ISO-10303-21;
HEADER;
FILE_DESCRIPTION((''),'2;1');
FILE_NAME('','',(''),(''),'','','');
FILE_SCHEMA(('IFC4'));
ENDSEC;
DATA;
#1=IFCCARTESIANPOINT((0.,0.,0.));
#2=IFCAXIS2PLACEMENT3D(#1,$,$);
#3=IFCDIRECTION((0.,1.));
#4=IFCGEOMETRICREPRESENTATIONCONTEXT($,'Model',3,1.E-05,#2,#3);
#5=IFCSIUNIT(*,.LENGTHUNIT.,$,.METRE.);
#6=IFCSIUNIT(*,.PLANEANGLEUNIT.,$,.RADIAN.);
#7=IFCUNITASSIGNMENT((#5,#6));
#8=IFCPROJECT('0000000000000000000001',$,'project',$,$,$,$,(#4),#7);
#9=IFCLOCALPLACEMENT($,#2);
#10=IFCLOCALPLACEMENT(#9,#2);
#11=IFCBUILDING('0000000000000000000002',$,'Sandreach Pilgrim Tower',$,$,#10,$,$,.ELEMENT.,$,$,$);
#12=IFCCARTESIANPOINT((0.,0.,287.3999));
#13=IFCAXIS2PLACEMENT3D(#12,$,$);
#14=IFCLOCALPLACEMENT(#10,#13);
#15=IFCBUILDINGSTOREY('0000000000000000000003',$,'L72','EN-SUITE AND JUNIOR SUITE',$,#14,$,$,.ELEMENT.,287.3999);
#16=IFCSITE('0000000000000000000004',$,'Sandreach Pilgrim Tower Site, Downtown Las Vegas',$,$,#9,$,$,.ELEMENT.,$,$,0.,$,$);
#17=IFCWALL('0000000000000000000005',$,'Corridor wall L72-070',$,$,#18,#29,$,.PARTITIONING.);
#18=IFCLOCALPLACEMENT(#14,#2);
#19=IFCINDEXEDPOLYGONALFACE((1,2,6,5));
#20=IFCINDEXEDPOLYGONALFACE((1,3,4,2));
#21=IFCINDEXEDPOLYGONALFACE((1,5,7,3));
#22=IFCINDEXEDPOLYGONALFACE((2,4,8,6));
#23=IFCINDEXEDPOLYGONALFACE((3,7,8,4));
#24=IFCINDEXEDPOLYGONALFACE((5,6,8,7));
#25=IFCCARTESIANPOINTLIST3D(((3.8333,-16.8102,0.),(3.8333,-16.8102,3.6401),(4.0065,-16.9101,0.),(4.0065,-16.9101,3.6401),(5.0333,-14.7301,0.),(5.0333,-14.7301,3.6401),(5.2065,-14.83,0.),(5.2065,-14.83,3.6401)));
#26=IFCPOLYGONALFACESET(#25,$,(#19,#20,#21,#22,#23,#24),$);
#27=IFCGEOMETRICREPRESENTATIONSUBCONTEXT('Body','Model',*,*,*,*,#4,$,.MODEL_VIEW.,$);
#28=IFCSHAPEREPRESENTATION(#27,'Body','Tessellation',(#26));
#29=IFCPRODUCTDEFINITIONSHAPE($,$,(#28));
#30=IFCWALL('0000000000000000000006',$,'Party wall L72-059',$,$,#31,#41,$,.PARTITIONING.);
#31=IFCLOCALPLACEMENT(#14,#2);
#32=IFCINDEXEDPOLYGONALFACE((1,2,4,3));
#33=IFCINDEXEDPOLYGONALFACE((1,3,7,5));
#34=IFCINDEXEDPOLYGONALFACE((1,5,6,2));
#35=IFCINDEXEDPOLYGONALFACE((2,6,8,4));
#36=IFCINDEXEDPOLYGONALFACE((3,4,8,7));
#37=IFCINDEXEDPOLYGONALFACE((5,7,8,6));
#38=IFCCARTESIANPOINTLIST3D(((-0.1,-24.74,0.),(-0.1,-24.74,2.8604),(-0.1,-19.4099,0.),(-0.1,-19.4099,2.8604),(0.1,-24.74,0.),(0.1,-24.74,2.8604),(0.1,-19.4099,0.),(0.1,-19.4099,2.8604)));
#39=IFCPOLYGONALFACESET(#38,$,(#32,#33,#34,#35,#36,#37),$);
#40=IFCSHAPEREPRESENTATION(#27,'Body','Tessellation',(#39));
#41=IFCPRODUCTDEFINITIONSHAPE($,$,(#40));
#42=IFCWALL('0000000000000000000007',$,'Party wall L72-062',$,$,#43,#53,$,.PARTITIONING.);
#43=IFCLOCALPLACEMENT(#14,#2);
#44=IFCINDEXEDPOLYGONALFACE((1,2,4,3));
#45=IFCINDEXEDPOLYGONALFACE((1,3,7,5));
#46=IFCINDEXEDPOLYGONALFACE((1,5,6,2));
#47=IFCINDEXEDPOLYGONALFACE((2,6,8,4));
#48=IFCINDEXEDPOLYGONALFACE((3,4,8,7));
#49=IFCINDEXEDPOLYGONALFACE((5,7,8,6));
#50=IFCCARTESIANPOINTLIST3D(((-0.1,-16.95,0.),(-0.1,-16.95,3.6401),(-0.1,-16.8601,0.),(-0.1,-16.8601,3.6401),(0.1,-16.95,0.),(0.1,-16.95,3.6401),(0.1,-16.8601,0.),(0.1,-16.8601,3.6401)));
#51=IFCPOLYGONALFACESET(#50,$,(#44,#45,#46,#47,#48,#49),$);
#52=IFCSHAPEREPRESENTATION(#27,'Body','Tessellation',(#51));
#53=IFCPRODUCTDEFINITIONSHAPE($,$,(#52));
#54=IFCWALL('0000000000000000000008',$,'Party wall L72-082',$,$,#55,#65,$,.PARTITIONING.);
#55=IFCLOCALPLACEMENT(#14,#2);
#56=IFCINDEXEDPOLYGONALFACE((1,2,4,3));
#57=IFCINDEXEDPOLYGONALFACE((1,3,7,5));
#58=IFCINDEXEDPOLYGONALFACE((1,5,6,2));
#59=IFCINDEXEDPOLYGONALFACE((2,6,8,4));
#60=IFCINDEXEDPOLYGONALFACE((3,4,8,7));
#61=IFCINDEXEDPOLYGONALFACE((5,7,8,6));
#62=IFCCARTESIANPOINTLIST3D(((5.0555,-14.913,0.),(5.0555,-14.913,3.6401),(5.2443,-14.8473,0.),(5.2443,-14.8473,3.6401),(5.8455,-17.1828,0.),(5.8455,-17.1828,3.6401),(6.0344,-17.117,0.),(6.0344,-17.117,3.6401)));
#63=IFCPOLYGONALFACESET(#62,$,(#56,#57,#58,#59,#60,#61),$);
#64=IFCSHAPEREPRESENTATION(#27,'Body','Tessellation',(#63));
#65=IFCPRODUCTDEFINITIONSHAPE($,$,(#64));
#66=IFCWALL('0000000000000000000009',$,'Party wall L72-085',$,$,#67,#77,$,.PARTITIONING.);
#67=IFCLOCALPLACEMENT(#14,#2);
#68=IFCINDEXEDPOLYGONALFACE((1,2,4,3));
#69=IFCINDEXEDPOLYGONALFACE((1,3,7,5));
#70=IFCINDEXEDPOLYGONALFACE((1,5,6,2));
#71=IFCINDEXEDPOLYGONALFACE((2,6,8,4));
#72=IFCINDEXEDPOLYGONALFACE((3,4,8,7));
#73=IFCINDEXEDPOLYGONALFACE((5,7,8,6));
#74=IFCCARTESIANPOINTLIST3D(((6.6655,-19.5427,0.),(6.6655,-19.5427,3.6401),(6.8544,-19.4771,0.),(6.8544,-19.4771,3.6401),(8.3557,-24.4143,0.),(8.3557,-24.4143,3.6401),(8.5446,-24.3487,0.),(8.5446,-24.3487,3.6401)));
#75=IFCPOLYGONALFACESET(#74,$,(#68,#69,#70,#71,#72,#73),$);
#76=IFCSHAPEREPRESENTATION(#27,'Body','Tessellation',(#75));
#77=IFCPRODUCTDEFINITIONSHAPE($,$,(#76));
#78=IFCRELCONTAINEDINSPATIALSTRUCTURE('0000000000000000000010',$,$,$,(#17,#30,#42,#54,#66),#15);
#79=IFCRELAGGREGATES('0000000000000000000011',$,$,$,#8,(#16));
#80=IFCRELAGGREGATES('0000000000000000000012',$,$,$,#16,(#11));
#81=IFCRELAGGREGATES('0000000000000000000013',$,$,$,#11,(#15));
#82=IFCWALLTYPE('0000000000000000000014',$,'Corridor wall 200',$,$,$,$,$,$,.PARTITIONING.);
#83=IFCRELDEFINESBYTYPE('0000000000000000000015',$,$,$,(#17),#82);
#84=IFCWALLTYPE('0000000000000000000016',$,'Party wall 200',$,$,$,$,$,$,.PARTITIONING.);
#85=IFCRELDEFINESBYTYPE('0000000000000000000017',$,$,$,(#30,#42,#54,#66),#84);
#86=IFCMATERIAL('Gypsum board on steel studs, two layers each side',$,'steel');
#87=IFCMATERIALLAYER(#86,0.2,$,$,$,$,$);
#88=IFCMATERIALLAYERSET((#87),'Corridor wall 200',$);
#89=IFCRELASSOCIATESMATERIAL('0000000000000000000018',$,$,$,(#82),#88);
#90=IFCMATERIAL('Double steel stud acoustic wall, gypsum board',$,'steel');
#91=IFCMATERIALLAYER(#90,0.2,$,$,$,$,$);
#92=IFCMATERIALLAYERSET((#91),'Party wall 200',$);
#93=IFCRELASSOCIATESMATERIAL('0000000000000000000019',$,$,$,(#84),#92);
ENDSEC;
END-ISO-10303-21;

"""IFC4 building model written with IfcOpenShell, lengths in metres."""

from ifc_helpers import new_model, si_unit, direction, frame, frame_2d, origin, place, context, subcontext, project, spatial, rectangle, extrude, material, layer, layer_set, type_object, element, save


model = new_model("IFC4")

# Units and contexts
model_context = context("Model", 3, precision=1e-05, world=origin(), true_north=direction((0.0, 1.0)))
body_context = subcontext(model_context, "Body", "Model", "MODEL_VIEW")
ifc_project = project(units=[si_unit("LENGTHUNIT", "METRE"), si_unit("PLANEANGLEUNIT", "RADIAN")], contexts=[model_context])

# Site, building, storey
site_placement = place(None, origin())
site = spatial("IfcSite", under=ifc_project, at=site_placement, Name="Sandreach Pilgrim Tower Site, Downtown Las Vegas", CompositionType="ELEMENT", RefElevation=0.0)
building_placement = place(site_placement, origin())
building = spatial("IfcBuilding", under=site, at=building_placement, Name="Sandreach Pilgrim Tower", CompositionType="ELEMENT")
storey_placement = place(building_placement, frame((0.0, 0.0, 287.3999)))
storey = spatial("IfcBuildingStorey", under=building, at=storey_placement, Name="L72", Description="EN-SUITE AND JUNIOR SUITE", CompositionType="ELEMENT", Elevation=287.3999)

# Shared definitions
ifc_material_1 = material(Name="Gypsum board on steel studs, two layers each side", Category="steel")
ifc_layer_1 = layer(ifc_material_1, 0.2)
ifc_layer_set_1 = layer_set([ifc_layer_1], Name="Corridor wall 200")
wall_type_1 = type_object("IfcWallType", Name="Corridor wall 200", PredefinedType="PARTITIONING", material=ifc_layer_set_1)

# Walls
wall_1_placement = place(storey_placement, frame((3.9199, -16.8601, 0.0), z_axis=(0.0, 0.0, 1.0), x_axis=(0.499693, 0.866203, 0.0)))
element("IfcWall", 1, at=wall_1_placement, inside=storey, type_object=wall_type_1, Name="Corridor wall L72-070", PredefinedType="PARTITIONING", context=body_context, shape_type="SweptSolid", body=[
    extrude(rectangle(XDim=2.4014, YDim=0.2, at=frame_2d((1.2007, 0.0))), origin(), (0.0, 0.0, 1.0), 3.6401),
])
ifc_material_2 = material(Name="Double steel stud acoustic wall, gypsum board", Category="steel")
ifc_layer_2 = layer(ifc_material_2, 0.2)
ifc_layer_set_2 = layer_set([ifc_layer_2], Name="Party wall 200")
wall_type_2 = type_object("IfcWallType", Name="Party wall 200", PredefinedType="PARTITIONING", material=ifc_layer_set_2)
wall_2_placement = place(storey_placement, frame((0.0, -24.74, 0.0), z_axis=(0.0, 0.0, 1.0), x_axis=(0.0, 1.0, 0.0)))
element("IfcWall", 2, at=wall_2_placement, inside=storey, type_object=wall_type_2, Name="Party wall L72-059", PredefinedType="PARTITIONING", context=body_context, shape_type="SweptSolid", body=[
    extrude(rectangle(XDim=5.3301, YDim=0.2, at=frame_2d((2.665, 0.0))), origin(), (0.0, 0.0, 1.0), 2.8604),
])
wall_3_placement = place(storey_placement, frame((0.0, -16.95, 0.0), z_axis=(0.0, 0.0, 1.0), x_axis=(0.0, 1.0, 0.0)))
element("IfcWall", 3, at=wall_3_placement, inside=storey, type_object=wall_type_2, Name="Party wall L72-062", PredefinedType="PARTITIONING", context=body_context, shape_type="SweptSolid", body=[
    extrude(rectangle(XDim=0.0898, YDim=0.2, at=frame_2d((0.0449, 0.0))), origin(), (0.0, 0.0, 1.0), 3.6401),
])
wall_4_placement = place(storey_placement, frame((5.9399, -17.1499, 0.0), z_axis=(0.0, 0.0, 1.0), x_axis=(-0.328725, 0.944426, 0.0)))
element("IfcWall", 4, at=wall_4_placement, inside=storey, type_object=wall_type_2, Name="Party wall L72-082", PredefinedType="PARTITIONING", context=body_context, shape_type="SweptSolid", body=[
    extrude(rectangle(XDim=2.4033, YDim=0.2, at=frame_2d((1.2017, 0.0))), origin(), (0.0, 0.0, 1.0), 3.6401),
])
wall_5_placement = place(storey_placement, frame((6.76, -19.51, 0.0), z_axis=(0.0, 0.0, 1.0), x_axis=(0.32778, -0.944754, 0.0)))
element("IfcWall", 5, at=wall_5_placement, inside=storey, type_object=wall_type_2, Name="Party wall L72-085", PredefinedType="PARTITIONING", context=body_context, shape_type="SweptSolid", body=[
    extrude(rectangle(XDim=5.1565, YDim=0.2, at=frame_2d((2.5781, 0.0))), origin(), (0.0, 0.0, 1.0), 3.6401),
])

save(model, "model.ifc")
